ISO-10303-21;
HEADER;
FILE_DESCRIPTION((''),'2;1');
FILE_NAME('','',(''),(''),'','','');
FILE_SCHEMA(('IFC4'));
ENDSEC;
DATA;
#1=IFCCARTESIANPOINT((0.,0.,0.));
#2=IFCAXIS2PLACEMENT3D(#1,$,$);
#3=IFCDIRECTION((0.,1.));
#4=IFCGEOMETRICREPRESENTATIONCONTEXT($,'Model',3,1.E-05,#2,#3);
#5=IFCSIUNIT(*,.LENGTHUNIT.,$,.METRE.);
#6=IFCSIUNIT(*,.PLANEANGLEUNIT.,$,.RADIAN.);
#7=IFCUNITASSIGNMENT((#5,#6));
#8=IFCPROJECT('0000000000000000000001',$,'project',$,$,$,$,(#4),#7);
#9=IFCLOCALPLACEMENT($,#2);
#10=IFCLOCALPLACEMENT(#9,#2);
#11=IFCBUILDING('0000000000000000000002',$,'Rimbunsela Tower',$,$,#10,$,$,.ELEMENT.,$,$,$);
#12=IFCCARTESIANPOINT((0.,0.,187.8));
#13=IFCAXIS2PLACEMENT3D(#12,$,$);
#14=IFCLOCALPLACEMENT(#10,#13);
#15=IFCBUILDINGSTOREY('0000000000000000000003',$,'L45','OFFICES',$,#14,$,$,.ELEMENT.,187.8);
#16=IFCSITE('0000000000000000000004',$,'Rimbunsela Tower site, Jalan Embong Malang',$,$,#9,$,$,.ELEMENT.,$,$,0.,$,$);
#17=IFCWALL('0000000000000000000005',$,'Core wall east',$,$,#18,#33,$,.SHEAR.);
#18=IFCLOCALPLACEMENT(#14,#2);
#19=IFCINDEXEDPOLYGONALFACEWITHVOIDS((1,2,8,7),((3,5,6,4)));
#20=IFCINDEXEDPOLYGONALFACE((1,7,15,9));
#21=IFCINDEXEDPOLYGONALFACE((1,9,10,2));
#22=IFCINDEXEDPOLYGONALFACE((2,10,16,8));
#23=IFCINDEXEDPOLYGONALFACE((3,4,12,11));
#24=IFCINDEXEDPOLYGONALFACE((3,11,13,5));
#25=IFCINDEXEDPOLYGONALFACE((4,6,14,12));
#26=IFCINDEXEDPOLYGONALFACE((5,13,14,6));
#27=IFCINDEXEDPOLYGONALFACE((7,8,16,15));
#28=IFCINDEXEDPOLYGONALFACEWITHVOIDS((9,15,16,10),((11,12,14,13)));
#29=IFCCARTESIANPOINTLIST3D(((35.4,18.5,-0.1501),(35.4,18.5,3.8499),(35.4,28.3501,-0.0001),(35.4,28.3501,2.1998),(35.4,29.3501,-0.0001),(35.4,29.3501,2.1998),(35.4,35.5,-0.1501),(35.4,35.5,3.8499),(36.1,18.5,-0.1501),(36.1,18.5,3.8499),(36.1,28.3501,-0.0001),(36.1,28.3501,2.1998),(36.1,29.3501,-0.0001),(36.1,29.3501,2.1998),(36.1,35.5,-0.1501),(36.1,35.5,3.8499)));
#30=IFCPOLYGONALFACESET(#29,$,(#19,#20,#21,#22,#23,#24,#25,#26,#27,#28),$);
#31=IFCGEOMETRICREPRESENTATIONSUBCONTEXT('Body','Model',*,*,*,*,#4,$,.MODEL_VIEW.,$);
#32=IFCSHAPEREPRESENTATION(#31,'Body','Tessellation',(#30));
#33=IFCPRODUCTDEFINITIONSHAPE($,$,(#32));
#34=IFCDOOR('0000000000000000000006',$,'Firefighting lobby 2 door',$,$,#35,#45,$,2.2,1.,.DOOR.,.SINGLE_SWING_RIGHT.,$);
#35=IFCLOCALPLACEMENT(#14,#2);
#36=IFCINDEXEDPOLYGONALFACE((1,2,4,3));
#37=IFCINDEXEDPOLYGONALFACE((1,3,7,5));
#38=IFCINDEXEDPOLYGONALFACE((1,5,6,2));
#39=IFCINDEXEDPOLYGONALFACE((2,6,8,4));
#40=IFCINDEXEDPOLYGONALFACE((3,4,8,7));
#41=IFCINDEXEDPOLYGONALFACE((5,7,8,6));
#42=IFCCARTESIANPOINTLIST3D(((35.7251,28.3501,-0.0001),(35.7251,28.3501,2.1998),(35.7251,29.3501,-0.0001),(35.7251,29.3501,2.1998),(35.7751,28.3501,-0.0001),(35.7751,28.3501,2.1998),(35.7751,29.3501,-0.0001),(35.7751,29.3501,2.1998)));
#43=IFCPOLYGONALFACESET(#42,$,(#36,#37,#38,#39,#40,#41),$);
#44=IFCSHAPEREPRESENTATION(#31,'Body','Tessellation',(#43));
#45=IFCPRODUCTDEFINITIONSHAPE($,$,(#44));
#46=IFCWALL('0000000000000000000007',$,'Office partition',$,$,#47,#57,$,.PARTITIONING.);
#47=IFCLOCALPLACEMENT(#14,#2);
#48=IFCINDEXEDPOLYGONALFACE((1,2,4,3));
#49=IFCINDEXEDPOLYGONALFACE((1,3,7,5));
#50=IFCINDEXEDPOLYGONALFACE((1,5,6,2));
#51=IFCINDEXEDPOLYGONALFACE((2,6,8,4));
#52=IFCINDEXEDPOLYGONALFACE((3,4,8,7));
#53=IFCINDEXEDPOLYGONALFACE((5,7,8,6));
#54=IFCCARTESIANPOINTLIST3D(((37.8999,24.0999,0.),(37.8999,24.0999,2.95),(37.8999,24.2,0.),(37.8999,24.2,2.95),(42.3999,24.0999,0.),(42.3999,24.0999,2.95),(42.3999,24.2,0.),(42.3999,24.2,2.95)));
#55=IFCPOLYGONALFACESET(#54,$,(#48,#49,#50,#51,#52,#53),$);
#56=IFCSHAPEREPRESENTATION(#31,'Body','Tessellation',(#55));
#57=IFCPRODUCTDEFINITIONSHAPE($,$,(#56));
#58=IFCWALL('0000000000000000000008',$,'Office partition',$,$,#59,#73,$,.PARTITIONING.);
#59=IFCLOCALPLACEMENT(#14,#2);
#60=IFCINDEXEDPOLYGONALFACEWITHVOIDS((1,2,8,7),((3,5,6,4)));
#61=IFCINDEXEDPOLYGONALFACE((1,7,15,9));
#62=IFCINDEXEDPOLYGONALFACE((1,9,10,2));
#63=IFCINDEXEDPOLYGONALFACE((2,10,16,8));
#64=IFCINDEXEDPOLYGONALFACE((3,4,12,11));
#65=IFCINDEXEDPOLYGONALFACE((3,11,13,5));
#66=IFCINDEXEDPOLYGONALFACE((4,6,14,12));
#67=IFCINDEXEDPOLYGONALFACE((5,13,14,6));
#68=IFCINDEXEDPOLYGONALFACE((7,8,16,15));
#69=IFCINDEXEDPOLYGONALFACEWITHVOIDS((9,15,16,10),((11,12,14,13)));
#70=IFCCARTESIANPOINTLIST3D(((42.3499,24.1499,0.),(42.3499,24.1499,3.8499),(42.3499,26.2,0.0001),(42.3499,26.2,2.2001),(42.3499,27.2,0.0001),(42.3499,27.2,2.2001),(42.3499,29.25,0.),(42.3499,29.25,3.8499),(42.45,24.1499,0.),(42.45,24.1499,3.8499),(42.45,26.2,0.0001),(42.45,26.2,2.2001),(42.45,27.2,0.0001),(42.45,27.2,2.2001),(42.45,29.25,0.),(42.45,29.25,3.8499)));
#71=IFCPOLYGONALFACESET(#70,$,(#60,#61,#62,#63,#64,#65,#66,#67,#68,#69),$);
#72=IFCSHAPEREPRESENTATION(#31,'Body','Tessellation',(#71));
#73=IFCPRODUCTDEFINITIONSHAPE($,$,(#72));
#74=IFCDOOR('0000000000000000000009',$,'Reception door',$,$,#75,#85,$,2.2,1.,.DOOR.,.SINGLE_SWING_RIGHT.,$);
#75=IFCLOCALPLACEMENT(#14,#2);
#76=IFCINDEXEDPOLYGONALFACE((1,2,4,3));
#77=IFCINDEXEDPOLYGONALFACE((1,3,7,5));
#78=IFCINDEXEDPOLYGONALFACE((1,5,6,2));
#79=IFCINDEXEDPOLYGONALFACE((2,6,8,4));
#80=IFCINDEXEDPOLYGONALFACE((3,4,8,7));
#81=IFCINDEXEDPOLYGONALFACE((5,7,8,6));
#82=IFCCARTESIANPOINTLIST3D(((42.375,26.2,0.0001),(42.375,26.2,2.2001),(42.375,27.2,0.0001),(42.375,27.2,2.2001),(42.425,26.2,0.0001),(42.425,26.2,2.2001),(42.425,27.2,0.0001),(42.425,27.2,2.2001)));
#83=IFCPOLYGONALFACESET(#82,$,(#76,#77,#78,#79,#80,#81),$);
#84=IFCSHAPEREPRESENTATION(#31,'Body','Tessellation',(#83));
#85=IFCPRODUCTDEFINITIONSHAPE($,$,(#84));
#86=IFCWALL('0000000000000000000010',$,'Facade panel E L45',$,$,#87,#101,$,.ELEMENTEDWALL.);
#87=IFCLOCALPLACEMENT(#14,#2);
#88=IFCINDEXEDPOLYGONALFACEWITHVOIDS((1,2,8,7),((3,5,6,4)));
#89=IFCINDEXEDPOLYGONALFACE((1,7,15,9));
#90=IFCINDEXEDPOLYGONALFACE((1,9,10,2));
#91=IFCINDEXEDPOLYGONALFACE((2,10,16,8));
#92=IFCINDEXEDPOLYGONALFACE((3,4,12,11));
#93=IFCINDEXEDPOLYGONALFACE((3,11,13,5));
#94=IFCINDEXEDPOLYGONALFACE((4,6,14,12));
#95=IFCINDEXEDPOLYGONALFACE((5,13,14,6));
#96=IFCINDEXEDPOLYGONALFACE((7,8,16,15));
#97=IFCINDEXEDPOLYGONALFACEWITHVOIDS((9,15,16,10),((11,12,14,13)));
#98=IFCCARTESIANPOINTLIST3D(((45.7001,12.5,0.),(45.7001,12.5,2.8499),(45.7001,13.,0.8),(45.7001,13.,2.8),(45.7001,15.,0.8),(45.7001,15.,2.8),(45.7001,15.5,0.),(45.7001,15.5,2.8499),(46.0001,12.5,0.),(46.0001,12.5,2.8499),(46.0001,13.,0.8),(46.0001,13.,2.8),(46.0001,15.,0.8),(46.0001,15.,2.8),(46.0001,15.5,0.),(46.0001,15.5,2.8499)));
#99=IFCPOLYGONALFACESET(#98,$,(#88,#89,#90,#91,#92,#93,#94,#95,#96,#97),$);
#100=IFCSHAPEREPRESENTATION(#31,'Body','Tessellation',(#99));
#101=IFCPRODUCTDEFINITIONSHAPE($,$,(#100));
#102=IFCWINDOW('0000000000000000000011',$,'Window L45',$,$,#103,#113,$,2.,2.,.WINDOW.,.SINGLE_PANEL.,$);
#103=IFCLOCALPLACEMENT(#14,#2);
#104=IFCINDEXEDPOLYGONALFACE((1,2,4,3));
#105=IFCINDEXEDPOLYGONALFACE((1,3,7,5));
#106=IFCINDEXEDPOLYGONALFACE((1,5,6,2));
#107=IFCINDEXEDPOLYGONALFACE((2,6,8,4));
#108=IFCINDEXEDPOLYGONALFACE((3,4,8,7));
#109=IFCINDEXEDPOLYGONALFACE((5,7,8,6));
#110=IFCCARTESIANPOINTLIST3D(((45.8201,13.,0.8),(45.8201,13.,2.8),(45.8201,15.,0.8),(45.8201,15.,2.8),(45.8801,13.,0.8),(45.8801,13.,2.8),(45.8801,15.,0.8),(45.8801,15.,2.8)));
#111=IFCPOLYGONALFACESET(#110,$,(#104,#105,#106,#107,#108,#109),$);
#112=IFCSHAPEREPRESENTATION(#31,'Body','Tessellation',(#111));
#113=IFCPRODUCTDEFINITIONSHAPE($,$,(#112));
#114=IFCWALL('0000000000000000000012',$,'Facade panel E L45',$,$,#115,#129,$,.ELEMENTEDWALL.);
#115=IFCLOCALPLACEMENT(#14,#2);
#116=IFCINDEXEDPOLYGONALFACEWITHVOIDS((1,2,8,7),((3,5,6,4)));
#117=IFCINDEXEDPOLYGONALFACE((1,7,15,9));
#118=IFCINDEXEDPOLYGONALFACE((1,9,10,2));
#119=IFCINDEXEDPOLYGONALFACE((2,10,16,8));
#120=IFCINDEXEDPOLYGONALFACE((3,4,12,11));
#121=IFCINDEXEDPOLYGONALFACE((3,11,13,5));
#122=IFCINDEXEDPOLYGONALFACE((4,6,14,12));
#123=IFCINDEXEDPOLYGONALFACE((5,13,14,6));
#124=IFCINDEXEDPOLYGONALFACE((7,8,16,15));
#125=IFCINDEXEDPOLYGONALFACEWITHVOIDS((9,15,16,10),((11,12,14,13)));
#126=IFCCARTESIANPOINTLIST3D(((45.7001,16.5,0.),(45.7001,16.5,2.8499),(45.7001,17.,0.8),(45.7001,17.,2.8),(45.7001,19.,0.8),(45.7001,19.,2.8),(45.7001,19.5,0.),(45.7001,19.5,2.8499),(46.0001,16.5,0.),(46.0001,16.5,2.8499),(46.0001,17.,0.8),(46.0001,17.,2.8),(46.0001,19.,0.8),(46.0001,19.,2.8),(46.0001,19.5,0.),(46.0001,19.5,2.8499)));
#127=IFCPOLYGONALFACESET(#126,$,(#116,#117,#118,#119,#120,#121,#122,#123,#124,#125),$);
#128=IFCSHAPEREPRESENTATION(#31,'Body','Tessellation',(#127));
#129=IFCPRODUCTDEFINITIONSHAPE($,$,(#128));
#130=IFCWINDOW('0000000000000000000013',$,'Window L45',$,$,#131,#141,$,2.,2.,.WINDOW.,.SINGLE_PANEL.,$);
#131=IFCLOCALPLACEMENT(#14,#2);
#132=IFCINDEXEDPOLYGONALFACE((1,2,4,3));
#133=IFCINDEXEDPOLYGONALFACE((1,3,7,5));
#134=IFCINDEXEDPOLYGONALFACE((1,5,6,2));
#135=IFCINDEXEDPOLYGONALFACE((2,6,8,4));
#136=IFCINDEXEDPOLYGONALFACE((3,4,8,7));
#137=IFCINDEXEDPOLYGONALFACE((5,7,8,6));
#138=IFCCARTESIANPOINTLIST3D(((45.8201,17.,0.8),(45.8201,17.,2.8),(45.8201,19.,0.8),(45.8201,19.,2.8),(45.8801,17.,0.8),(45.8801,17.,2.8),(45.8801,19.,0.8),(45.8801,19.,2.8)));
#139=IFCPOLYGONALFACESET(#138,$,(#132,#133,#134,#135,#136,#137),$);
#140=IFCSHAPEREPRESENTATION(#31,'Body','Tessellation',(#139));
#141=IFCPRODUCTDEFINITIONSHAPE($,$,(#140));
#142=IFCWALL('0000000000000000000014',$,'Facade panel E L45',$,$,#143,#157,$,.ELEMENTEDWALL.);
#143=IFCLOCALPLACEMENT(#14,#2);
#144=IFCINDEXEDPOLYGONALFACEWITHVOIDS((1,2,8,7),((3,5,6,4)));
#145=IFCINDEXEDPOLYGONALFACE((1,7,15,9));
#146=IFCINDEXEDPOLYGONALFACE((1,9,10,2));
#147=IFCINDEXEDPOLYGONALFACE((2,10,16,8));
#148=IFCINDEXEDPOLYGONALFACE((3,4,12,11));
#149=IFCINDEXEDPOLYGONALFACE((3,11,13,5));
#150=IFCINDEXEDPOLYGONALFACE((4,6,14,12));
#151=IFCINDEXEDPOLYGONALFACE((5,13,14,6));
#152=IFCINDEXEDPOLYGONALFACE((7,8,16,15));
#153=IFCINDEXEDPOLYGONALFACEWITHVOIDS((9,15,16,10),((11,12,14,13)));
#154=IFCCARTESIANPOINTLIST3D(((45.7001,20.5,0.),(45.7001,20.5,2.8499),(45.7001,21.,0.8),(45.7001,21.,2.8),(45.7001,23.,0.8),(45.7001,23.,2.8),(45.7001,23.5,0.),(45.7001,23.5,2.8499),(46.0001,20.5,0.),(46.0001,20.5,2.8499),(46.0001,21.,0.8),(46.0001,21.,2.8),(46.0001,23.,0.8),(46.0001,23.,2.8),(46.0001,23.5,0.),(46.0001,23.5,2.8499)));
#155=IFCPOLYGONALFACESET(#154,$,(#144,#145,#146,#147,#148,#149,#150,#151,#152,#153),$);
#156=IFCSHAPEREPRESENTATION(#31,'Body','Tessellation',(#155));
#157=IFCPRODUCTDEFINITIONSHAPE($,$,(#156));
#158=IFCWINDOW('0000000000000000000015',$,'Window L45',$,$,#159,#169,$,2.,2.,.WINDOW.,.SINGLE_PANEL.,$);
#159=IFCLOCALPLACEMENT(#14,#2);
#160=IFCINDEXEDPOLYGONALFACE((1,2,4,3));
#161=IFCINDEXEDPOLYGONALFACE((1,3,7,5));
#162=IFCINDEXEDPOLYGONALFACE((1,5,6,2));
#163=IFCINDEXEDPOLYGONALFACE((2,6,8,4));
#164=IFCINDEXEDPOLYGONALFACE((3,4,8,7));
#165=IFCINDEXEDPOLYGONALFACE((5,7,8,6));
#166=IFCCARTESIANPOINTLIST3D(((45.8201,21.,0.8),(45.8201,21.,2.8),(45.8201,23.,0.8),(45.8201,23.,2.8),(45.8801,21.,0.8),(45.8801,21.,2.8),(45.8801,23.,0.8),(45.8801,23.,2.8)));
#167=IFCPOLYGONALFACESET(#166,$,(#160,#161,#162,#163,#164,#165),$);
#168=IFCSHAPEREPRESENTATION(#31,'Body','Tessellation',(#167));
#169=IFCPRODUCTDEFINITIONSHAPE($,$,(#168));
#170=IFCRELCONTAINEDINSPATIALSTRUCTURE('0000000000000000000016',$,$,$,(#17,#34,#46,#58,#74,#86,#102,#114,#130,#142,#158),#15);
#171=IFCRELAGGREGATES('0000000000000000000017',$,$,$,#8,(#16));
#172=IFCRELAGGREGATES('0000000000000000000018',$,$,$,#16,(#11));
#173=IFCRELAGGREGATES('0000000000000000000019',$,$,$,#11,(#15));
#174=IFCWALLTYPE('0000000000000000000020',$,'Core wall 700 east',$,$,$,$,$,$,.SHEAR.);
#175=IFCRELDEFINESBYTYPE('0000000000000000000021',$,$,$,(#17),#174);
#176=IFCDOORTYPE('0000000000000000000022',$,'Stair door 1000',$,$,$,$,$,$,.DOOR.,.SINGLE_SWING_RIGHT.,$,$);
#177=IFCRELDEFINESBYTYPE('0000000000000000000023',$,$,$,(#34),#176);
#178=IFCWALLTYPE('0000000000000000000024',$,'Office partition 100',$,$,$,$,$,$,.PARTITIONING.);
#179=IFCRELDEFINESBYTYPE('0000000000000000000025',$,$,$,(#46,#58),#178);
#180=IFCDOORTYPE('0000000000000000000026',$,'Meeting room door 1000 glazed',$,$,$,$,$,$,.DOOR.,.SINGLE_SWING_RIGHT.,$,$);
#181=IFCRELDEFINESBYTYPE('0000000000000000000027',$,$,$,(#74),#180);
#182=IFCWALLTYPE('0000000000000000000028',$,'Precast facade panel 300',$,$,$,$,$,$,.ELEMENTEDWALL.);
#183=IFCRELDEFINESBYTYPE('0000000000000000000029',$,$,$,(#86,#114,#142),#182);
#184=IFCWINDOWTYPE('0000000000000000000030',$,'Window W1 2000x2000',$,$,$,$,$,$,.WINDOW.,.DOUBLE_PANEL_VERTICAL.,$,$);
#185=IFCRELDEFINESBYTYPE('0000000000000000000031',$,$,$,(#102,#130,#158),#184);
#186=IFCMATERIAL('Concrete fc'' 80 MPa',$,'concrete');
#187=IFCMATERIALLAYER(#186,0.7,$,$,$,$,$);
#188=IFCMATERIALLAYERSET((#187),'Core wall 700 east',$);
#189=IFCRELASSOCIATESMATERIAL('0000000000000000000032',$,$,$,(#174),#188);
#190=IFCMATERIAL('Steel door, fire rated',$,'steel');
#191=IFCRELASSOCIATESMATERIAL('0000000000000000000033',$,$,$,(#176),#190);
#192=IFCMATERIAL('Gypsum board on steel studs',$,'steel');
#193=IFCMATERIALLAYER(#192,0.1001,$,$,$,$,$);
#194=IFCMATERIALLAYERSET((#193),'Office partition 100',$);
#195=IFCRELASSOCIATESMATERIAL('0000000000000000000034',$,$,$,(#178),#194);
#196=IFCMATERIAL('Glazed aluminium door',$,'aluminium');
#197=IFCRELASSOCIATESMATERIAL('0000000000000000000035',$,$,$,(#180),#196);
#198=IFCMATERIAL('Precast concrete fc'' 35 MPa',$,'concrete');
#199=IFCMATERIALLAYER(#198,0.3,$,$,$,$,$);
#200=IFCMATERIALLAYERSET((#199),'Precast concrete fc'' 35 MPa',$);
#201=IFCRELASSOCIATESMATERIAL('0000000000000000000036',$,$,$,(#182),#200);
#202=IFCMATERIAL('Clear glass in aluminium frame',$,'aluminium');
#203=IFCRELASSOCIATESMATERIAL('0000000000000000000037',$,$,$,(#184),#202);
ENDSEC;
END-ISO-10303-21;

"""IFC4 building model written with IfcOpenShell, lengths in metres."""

from ifc_helpers import new_model, si_unit, direction, frame, frame_2d, origin, place, context, subcontext, project, spatial, rectangle, extrude, material, layer, layer_set, type_object, element, fill, save


model = new_model("IFC4")

# Units and contexts
model_context = context("Model", 3, precision=1e-05, world=origin(), true_north=direction((0.0, 1.0)))
body_context = subcontext(model_context, "Body", "Model", "MODEL_VIEW")
ifc_project = project(units=[si_unit("LENGTHUNIT", "METRE"), si_unit("PLANEANGLEUNIT", "RADIAN")], contexts=[model_context])

# Site, building, storey
site_placement = place(None, origin())
site = spatial("IfcSite", under=ifc_project, at=site_placement, Name="Rimbunsela Tower site, Jalan Embong Malang", CompositionType="ELEMENT", RefElevation=0.0)
building_placement = place(site_placement, origin())
building = spatial("IfcBuilding", under=site, at=building_placement, Name="Rimbunsela Tower", CompositionType="ELEMENT")
storey_placement = place(building_placement, frame((0.0, 0.0, 187.8)))
storey = spatial("IfcBuildingStorey", under=building, at=storey_placement, Name="L45", Description="OFFICES", CompositionType="ELEMENT", Elevation=187.8)

# Wall, opening, door
ifc_material_1 = material(Name="Concrete fc' 80 MPa", Category="concrete")
ifc_layer_1 = layer(ifc_material_1, 0.7)
ifc_layer_set_1 = layer_set([ifc_layer_1], Name="Core wall 700 east")
wall_type_1 = type_object("IfcWallType", Name="Core wall 700 east", PredefinedType="SHEAR", material=ifc_layer_set_1)
wall_1_placement = place(storey_placement, frame((35.75, 18.5, -0.1501), z_axis=(0.0, 0.0, 1.0), x_axis=(0.0, 1.0, 0.0)))
wall_1 = element("IfcWall", 1, at=wall_1_placement, inside=storey, type_object=wall_type_1, Name="Core wall east", PredefinedType="SHEAR", context=body_context, shape_type="SweptSolid", body=[
    extrude(rectangle(XDim=17.0, YDim=0.7, at=frame_2d((8.5, 0.0))), origin(), (0.0, 0.0, 1.0), 4.0),
])
opening_1_placement = place(wall_1_placement, frame((9.8501, 0.0, 0.1499)))
opening_1 = element("IfcOpeningElement", 2, at=opening_1_placement, cuts=wall_1, PredefinedType="OPENING", context=body_context, shape_type="SweptSolid", body=[
    extrude(rectangle(XDim=1.0, YDim=2.2, at=frame_2d((0.5, 1.1001))), frame((0.0, 0.3599, 0.0), z_axis=(0.0, -1.0, 0.0), x_axis=(1.0, 0.0, 0.0)), (0.0, 0.0, 1.0), 0.72),
])
ifc_material_2 = material(Name="Steel door, fire rated", Category="steel")
door_type_1 = type_object("IfcDoorType", Name="Stair door 1000", OperationType="SINGLE_SWING_RIGHT", PredefinedType="DOOR", material=ifc_material_2)
door_1_placement = place(opening_1_placement, origin())
door_1 = element("IfcDoor", 3, at=door_1_placement, inside=storey, type_object=door_type_1, Name="Firefighting lobby 2 door", OperationType="SINGLE_SWING_RIGHT", OverallHeight=2.2, OverallWidth=1.0, PredefinedType="DOOR", context=body_context, shape_type="SweptSolid", body=[
    extrude(rectangle(XDim=1.0, YDim=2.2, at=frame_2d((0.5, 1.1001))), frame((0.0, 0.0249, 0.0), z_axis=(0.0, -1.0, 0.0), x_axis=(1.0, 0.0, 0.0)), (0.0, 0.0, 1.0), 0.05),
])
fill(opening_1, door_1)

# Wall
ifc_material_3 = material(Name="Gypsum board on steel studs", Category="steel")
ifc_layer_2 = layer(ifc_material_3, 0.1001)
ifc_layer_set_2 = layer_set([ifc_layer_2], Name="Office partition 100")
wall_type_2 = type_object("IfcWallType", Name="Office partition 100", PredefinedType="PARTITIONING", material=ifc_layer_set_2)
wall_2_placement = place(storey_placement, frame((37.8999, 24.1499, 0.0), z_axis=(0.0, 0.0, 1.0), x_axis=(1.0, 0.0, 0.0)))
element("IfcWall", 4, at=wall_2_placement, inside=storey, type_object=wall_type_2, Name="Office partition", PredefinedType="PARTITIONING", context=body_context, shape_type="SweptSolid", body=[
    extrude(rectangle(XDim=4.5, YDim=0.1001, at=frame_2d((2.25, 0.0))), origin(), (0.0, 0.0, 1.0), 2.95),
])

# Wall, opening, door
wall_3_placement = place(storey_placement, frame((42.3999, 24.1499, 0.0), z_axis=(0.0, 0.0, 1.0), x_axis=(0.0, 1.0, 0.0)))
wall_3 = element("IfcWall", 5, at=wall_3_placement, inside=storey, type_object=wall_type_2, Name="Office partition", PredefinedType="PARTITIONING", context=body_context, shape_type="SweptSolid", body=[
    extrude(rectangle(XDim=5.1001, YDim=0.1001, at=frame_2d((2.55, 0.0))), origin(), (0.0, 0.0, 1.0), 3.8499),
])
opening_2_placement = place(wall_3_placement, frame((2.05, 0.0, 0.0)))
opening_2 = element("IfcOpeningElement", 6, at=opening_2_placement, cuts=wall_3, PredefinedType="OPENING", context=body_context, shape_type="SweptSolid", body=[
    extrude(rectangle(XDim=1.0, YDim=2.2, at=frame_2d((0.5, 1.1001))), frame((0.0, 0.0601, 0.0), z_axis=(0.0, -1.0, 0.0), x_axis=(1.0, 0.0, 0.0)), (0.0, 0.0, 1.0), 0.1201),
])
ifc_material_4 = material(Name="Glazed aluminium door", Category="aluminium")
door_type_2 = type_object("IfcDoorType", Name="Meeting room door 1000 glazed", OperationType="SINGLE_SWING_RIGHT", PredefinedType="DOOR", material=ifc_material_4)
door_2_placement = place(opening_2_placement, origin())
door_2 = element("IfcDoor", 7, at=door_2_placement, inside=storey, type_object=door_type_2, Name="Reception door", OperationType="SINGLE_SWING_RIGHT", OverallHeight=2.2, OverallWidth=1.0, PredefinedType="DOOR", context=body_context, shape_type="SweptSolid", body=[
    extrude(rectangle(XDim=1.0, YDim=2.2, at=frame_2d((0.5, 1.1001))), frame((0.0, 0.0249, 0.0), z_axis=(0.0, -1.0, 0.0), x_axis=(1.0, 0.0, 0.0)), (0.0, 0.0, 1.0), 0.05),
])
fill(opening_2, door_2)

# Walls, openings, windows
ifc_material_5 = material(Name="Precast concrete fc' 35 MPa", Category="concrete")
ifc_layer_3 = layer(ifc_material_5, 0.3)
ifc_layer_set_3 = layer_set([ifc_layer_3], Name="Precast concrete fc' 35 MPa")
wall_type_3 = type_object("IfcWallType", Name="Precast facade panel 300", PredefinedType="ELEMENTEDWALL", material=ifc_layer_set_3)
wall_4_placement = place(storey_placement, frame((45.8501, 12.5, 0.0), z_axis=(0.0, 0.0, 1.0), x_axis=(0.0, 1.0, 0.0)))
wall_4 = element("IfcWall", 8, at=wall_4_placement, inside=storey, type_object=wall_type_3, Name="Facade panel E L45", PredefinedType="ELEMENTEDWALL", context=body_context, shape_type="SweptSolid", body=[
    extrude(rectangle(XDim=3.0, YDim=0.3, at=frame_2d((1.5, 0.0))), origin(), (0.0, 0.0, 1.0), 2.8499),
])
opening_3_placement = place(wall_4_placement, frame((0.5, 0.0, 0.8)))
opening_3 = element("IfcOpeningElement", 9, at=opening_3_placement, cuts=wall_4, PredefinedType="OPENING", context=body_context, shape_type="SweptSolid", body=[
    extrude(rectangle(XDim=2.0, YDim=2.0, at=frame_2d((1.0, 1.0))), frame((0.0, 0.1599, 0.0), z_axis=(0.0, -1.0, 0.0), x_axis=(1.0, 0.0, 0.0)), (0.0, 0.0, 1.0), 0.3201),
])
ifc_material_6 = material(Name="Clear glass in aluminium frame", Category="aluminium")
window_type = type_object("IfcWindowType", Name="Window W1 2000x2000", PartitioningType="DOUBLE_PANEL_VERTICAL", PredefinedType="WINDOW", material=ifc_material_6)
window_1_placement = place(opening_3_placement, origin())
window_1 = element("IfcWindow", 10, at=window_1_placement, inside=storey, type_object=window_type, Name="Window L45", OverallHeight=2.0, OverallWidth=2.0, PartitioningType="SINGLE_PANEL", PredefinedType="WINDOW", context=body_context, shape_type="SweptSolid", body=[
    extrude(rectangle(XDim=2.0, YDim=2.0, at=frame_2d((1.0, 1.0))), frame((0.0, 0.03, 0.0), z_axis=(0.0, -1.0, 0.0), x_axis=(1.0, 0.0, 0.0)), (0.0, 0.0, 1.0), 0.0601),
])
fill(opening_3, window_1)
wall_5_placement = place(storey_placement, frame((45.8501, 16.5, 0.0), z_axis=(0.0, 0.0, 1.0), x_axis=(0.0, 1.0, 0.0)))
wall_5 = element("IfcWall", 11, at=wall_5_placement, inside=storey, type_object=wall_type_3, Name="Facade panel E L45", PredefinedType="ELEMENTEDWALL", context=body_context, shape_type="SweptSolid", body=[
    extrude(rectangle(XDim=3.0, YDim=0.3, at=frame_2d((1.5, 0.0))), origin(), (0.0, 0.0, 1.0), 2.8499),
])
opening_4_placement = place(wall_5_placement, frame((0.5, 0.0, 0.8)))
opening_4 = element("IfcOpeningElement", 12, at=opening_4_placement, cuts=wall_5, PredefinedType="OPENING", context=body_context, shape_type="SweptSolid", body=[
    extrude(rectangle(XDim=2.0, YDim=2.0, at=frame_2d((1.0, 1.0))), frame((0.0, 0.1599, 0.0), z_axis=(0.0, -1.0, 0.0), x_axis=(1.0, 0.0, 0.0)), (0.0, 0.0, 1.0), 0.3201),
])
window_2_placement = place(opening_4_placement, origin())
window_2 = element("IfcWindow", 13, at=window_2_placement, inside=storey, type_object=window_type, Name="Window L45", OverallHeight=2.0, OverallWidth=2.0, PartitioningType="SINGLE_PANEL", PredefinedType="WINDOW", context=body_context, shape_type="SweptSolid", body=[
    extrude(rectangle(XDim=2.0, YDim=2.0, at=frame_2d((1.0, 1.0))), frame((0.0, 0.03, 0.0), z_axis=(0.0, -1.0, 0.0), x_axis=(1.0, 0.0, 0.0)), (0.0, 0.0, 1.0), 0.0601),
])
fill(opening_4, window_2)
wall_6_placement = place(storey_placement, frame((45.8501, 20.5, 0.0), z_axis=(0.0, 0.0, 1.0), x_axis=(0.0, 1.0, 0.0)))
wall_6 = element("IfcWall", 14, at=wall_6_placement, inside=storey, type_object=wall_type_3, Name="Facade panel E L45", PredefinedType="ELEMENTEDWALL", context=body_context, shape_type="SweptSolid", body=[
    extrude(rectangle(XDim=3.0, YDim=0.3, at=frame_2d((1.5, 0.0))), origin(), (0.0, 0.0, 1.0), 2.8499),
])
opening_5_placement = place(wall_6_placement, frame((0.5, 0.0, 0.8)))
opening_5 = element("IfcOpeningElement", 15, at=opening_5_placement, cuts=wall_6, PredefinedType="OPENING", context=body_context, shape_type="SweptSolid", body=[
    extrude(rectangle(XDim=2.0, YDim=2.0, at=frame_2d((1.0, 1.0))), frame((0.0, 0.1599, 0.0), z_axis=(0.0, -1.0, 0.0), x_axis=(1.0, 0.0, 0.0)), (0.0, 0.0, 1.0), 0.3201),
])
window_3_placement = place(opening_5_placement, origin())
window_3 = element("IfcWindow", 16, at=window_3_placement, inside=storey, type_object=window_type, Name="Window L45", OverallHeight=2.0, OverallWidth=2.0, PartitioningType="SINGLE_PANEL", PredefinedType="WINDOW", context=body_context, shape_type="SweptSolid", body=[
    extrude(rectangle(XDim=2.0, YDim=2.0, at=frame_2d((1.0, 1.0))), frame((0.0, 0.03, 0.0), z_axis=(0.0, -1.0, 0.0), x_axis=(1.0, 0.0, 0.0)), (0.0, 0.0, 1.0), 0.0601),
])
fill(opening_5, window_3)

save(model, "model.ifc")
